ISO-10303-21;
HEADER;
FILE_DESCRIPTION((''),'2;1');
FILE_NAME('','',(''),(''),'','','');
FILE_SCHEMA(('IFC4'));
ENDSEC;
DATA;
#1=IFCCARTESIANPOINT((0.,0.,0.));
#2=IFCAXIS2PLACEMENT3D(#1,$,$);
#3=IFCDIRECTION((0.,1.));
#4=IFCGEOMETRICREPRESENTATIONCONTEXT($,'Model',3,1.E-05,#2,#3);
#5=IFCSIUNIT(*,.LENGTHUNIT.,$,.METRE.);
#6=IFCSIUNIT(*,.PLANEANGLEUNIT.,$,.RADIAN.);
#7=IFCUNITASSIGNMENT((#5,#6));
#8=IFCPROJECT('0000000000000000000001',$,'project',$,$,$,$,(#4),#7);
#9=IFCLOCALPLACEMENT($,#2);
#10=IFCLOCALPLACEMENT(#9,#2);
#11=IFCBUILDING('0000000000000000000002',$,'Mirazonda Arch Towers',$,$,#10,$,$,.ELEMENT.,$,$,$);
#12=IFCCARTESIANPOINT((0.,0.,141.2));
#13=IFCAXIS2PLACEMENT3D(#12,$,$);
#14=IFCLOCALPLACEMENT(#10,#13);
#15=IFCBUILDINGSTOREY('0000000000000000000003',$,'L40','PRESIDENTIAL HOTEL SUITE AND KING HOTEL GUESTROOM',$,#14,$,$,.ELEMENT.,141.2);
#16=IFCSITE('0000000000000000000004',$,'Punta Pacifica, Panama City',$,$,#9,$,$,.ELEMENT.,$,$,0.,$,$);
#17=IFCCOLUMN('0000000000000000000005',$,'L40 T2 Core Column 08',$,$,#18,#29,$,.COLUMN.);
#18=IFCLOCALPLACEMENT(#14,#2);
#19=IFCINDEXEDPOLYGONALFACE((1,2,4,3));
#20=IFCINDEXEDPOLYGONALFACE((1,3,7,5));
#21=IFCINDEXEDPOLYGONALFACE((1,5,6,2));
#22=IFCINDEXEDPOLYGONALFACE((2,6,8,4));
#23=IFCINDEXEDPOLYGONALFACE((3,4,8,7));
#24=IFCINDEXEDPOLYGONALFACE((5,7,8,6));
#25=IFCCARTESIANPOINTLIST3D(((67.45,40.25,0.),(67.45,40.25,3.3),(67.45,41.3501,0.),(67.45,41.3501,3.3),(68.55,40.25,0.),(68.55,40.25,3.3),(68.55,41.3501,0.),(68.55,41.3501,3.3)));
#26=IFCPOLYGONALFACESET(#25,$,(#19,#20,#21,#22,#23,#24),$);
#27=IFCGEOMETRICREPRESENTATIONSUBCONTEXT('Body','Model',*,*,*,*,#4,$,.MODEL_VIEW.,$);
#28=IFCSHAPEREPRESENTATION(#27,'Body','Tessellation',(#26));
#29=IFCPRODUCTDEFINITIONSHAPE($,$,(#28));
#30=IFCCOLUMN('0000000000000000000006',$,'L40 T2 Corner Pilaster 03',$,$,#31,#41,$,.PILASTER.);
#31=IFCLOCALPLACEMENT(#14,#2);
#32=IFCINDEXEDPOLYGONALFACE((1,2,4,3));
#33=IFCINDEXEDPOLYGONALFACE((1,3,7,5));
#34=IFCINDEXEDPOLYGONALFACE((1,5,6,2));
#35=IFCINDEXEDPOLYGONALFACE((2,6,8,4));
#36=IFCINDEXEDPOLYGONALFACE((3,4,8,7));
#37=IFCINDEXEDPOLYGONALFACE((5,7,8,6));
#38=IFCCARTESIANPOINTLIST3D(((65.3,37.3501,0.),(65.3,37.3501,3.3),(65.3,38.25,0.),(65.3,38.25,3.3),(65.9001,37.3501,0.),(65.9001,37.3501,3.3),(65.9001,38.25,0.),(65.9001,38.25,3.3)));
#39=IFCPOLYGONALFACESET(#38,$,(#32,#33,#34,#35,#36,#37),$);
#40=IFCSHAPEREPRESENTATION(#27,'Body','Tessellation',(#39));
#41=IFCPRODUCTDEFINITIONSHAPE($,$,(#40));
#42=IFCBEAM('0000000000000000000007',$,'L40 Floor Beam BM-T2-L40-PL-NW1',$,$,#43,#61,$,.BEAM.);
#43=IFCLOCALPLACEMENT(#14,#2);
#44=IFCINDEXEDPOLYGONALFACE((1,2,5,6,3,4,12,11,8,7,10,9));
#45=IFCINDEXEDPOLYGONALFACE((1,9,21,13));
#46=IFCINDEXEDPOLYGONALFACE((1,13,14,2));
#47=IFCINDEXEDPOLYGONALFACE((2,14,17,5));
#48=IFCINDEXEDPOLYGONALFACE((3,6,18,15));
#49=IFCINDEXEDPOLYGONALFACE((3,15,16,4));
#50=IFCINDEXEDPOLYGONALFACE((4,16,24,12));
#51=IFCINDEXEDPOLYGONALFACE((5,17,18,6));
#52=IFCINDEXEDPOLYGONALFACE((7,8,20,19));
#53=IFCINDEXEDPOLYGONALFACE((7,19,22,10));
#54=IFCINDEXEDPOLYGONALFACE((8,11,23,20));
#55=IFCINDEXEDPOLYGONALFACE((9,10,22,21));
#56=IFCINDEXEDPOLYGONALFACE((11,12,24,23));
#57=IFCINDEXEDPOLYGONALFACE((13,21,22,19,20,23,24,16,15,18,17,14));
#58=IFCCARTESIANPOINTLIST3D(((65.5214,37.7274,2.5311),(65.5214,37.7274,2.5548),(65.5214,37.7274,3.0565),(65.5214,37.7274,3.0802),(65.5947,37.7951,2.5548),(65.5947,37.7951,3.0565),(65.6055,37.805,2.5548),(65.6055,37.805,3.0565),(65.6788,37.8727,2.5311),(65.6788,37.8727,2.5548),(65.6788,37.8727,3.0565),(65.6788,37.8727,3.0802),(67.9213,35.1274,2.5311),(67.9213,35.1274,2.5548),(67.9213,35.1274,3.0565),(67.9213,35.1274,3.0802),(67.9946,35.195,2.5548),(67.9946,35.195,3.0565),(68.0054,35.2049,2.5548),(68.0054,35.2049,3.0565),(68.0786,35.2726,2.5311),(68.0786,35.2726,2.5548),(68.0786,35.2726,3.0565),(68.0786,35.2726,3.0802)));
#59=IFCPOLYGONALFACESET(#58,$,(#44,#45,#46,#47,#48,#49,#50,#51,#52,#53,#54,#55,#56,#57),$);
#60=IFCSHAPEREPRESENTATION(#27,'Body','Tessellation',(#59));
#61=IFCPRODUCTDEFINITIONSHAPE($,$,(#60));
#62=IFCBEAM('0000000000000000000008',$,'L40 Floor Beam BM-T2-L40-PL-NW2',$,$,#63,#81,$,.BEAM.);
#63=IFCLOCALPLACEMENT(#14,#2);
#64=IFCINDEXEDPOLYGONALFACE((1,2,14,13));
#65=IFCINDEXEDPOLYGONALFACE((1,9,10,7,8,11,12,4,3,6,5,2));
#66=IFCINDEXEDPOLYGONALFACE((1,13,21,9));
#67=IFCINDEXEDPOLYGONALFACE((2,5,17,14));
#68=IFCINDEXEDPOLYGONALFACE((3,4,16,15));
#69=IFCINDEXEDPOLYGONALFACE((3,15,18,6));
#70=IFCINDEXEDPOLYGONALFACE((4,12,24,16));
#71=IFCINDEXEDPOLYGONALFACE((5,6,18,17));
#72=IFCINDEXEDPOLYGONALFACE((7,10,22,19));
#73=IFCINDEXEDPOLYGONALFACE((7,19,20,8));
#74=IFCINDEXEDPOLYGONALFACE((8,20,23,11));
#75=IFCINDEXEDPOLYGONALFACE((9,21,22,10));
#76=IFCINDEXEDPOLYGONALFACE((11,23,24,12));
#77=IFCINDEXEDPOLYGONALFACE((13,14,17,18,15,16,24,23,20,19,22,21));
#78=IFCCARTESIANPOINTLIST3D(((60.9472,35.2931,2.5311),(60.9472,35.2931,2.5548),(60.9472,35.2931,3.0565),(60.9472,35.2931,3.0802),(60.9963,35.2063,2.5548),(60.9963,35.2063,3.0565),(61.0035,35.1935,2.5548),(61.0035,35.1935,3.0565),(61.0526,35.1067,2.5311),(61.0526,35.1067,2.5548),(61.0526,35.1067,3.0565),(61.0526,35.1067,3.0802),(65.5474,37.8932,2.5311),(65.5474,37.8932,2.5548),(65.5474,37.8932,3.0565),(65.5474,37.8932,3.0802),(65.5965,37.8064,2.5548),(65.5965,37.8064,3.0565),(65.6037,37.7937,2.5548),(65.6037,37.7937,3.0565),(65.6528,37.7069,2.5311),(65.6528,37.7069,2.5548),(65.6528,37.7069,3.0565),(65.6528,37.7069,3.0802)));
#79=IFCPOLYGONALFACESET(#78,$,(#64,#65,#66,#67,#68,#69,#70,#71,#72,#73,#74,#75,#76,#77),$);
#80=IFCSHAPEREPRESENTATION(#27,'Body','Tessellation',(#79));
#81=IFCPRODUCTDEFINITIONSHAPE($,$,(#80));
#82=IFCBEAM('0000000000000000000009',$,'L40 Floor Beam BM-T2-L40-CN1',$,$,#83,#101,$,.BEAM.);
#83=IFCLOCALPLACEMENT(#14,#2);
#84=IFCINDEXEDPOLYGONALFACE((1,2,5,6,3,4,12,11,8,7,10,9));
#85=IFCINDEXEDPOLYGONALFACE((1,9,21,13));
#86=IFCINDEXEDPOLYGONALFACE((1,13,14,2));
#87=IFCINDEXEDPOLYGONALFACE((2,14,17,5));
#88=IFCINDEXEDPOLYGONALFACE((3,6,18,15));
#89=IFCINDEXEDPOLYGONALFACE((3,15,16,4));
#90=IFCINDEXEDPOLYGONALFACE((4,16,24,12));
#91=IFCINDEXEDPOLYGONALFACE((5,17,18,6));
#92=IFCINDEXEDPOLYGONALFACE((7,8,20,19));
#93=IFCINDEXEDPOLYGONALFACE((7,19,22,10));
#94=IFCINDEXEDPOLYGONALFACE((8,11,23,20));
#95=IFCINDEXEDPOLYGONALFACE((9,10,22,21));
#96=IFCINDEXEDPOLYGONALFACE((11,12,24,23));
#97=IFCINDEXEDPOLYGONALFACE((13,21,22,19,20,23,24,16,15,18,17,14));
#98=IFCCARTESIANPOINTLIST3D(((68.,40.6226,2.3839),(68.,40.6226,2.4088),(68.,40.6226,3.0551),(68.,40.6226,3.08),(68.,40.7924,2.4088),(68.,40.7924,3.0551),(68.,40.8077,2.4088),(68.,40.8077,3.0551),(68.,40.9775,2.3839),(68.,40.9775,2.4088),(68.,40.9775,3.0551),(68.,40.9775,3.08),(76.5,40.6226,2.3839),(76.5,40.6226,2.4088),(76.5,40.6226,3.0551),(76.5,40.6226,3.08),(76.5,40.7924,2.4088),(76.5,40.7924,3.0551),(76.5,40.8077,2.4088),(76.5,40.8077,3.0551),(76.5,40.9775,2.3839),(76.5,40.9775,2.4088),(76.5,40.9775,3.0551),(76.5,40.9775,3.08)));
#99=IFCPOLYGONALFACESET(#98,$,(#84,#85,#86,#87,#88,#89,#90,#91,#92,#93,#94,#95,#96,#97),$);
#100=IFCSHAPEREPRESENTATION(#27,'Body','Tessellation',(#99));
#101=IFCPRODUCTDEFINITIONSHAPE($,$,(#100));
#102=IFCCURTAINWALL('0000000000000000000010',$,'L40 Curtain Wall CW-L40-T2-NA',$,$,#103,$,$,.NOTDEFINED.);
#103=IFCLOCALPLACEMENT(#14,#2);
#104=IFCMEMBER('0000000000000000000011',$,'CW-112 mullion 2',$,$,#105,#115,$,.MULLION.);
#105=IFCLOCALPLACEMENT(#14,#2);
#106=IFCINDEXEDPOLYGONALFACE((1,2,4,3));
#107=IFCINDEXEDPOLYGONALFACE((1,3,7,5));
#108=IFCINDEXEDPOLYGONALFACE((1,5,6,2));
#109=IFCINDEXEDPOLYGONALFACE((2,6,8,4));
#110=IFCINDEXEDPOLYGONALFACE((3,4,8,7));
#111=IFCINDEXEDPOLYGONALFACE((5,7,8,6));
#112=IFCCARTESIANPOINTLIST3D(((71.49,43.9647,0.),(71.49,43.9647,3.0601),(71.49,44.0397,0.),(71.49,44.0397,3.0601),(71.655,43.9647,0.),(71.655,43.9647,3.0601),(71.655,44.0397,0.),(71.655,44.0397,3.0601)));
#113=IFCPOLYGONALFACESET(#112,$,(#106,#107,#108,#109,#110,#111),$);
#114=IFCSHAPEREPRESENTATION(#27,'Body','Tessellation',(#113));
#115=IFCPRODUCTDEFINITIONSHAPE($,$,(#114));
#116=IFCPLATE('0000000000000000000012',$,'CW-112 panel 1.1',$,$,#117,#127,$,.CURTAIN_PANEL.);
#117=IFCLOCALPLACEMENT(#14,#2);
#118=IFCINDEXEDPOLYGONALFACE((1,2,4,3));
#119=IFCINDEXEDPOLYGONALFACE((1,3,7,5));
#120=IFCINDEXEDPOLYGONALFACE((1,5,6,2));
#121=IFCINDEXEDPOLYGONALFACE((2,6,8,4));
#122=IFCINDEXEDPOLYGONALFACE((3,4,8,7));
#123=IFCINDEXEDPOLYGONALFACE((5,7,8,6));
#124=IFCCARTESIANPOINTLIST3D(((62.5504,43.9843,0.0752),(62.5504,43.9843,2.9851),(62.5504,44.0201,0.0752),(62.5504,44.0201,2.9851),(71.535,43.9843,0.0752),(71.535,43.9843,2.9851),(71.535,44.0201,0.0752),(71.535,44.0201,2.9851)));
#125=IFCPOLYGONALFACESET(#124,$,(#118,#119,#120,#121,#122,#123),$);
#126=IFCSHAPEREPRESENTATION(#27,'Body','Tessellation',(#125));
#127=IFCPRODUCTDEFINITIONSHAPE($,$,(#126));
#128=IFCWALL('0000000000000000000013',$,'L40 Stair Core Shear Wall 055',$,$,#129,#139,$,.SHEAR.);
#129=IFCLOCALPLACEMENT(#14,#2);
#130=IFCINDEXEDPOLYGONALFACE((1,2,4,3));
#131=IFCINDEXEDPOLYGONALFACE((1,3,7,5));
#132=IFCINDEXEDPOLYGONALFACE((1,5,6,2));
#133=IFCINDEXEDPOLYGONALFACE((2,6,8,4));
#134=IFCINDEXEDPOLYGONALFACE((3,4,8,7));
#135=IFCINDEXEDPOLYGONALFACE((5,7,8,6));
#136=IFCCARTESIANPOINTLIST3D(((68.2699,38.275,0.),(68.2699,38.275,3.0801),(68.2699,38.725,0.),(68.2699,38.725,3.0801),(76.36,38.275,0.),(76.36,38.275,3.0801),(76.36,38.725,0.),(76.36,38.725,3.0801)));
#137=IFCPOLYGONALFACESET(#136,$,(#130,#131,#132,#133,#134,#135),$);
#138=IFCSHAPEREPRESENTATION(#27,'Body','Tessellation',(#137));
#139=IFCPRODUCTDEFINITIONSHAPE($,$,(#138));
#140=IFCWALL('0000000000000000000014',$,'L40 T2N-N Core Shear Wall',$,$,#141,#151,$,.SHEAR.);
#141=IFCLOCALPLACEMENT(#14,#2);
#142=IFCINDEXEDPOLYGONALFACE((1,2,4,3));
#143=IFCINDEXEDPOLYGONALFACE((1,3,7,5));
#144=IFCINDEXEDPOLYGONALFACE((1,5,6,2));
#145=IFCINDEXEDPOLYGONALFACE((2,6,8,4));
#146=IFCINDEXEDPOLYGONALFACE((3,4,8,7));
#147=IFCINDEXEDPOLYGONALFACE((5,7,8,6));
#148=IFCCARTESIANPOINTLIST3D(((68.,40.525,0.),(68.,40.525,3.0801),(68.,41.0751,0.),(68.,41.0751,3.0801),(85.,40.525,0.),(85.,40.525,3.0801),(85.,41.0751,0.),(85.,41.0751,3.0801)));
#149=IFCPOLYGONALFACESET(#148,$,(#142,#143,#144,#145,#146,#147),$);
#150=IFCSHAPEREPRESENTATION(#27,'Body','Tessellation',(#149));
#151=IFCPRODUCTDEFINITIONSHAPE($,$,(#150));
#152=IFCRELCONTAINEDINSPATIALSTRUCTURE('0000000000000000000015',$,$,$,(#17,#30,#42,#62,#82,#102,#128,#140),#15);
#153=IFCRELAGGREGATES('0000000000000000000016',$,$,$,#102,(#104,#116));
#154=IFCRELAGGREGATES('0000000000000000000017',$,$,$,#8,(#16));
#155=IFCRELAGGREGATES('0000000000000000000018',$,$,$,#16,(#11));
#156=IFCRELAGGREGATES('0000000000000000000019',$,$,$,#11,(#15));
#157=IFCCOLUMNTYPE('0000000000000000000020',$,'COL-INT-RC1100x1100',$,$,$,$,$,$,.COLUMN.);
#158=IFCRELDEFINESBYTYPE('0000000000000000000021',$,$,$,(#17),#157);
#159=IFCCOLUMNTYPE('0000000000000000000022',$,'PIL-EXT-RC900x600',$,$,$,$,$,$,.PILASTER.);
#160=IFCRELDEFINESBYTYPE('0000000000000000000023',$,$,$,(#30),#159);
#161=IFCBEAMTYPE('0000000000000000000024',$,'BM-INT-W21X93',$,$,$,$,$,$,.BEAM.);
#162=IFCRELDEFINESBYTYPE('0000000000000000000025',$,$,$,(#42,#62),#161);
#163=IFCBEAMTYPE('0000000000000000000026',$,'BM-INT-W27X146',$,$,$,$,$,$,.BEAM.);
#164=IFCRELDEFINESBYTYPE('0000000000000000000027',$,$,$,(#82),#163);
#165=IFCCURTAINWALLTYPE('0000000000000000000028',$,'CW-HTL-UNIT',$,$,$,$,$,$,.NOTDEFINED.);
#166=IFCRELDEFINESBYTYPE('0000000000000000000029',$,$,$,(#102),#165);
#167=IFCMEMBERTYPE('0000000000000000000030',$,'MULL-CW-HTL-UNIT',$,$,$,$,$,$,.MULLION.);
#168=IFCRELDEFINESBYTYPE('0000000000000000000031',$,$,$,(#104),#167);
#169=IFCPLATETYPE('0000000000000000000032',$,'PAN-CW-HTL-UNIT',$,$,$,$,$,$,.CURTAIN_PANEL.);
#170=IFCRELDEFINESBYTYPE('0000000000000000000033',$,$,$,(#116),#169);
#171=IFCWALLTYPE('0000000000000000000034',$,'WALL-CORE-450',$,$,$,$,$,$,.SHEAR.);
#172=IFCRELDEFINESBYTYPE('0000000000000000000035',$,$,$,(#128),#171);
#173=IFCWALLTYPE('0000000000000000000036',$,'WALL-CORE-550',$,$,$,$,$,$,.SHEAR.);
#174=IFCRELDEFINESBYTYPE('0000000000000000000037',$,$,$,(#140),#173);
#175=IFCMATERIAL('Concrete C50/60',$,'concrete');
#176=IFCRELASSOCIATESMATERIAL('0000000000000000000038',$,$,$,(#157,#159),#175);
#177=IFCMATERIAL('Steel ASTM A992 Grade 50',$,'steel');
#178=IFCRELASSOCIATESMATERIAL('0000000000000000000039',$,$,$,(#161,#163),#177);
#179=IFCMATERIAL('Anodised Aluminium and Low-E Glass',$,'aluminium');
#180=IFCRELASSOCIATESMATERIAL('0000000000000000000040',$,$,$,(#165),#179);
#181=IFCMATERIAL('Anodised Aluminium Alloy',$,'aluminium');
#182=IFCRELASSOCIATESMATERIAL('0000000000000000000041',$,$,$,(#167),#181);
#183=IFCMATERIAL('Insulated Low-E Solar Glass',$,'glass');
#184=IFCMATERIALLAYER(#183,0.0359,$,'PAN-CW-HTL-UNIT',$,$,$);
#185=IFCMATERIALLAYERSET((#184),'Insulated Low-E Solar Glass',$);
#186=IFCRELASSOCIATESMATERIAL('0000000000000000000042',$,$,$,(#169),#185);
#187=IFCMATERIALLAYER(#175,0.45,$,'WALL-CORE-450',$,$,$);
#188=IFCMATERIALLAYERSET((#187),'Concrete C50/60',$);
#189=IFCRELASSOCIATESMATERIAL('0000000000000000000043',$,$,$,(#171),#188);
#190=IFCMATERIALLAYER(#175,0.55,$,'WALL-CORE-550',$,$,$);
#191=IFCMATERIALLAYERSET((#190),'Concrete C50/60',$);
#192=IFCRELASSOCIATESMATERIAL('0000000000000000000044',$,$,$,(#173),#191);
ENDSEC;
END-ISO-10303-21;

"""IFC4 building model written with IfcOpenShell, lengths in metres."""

from ifc_helpers import new_model, si_unit, direction, frame, frame_2d, origin, origin_2d, place, context, subcontext, project, spatial, rectangle, i_section, extrude, material, layer, layer_set, material_profile, profile_set, type_object, element, aggregate, save


model = new_model("IFC4")

# Units and contexts
model_context = context("Model", 3, precision=1e-05, world=origin(), true_north=direction((0.0, 1.0)))
body_context = subcontext(model_context, "Body", "Model", "MODEL_VIEW")
ifc_project = project(units=[si_unit("LENGTHUNIT", "METRE"), si_unit("PLANEANGLEUNIT", "RADIAN")], contexts=[model_context])

# Site, building, storey
site_placement = place(None, origin())
site = spatial("IfcSite", under=ifc_project, at=site_placement, Name="Punta Pacifica, Panama City", CompositionType="ELEMENT", RefElevation=0.0)
building_placement = place(site_placement, origin())
building = spatial("IfcBuilding", under=site, at=building_placement, Name="Mirazonda Arch Towers", CompositionType="ELEMENT")
storey_placement = place(building_placement, frame((0.0, 0.0, 141.2)))
storey = spatial("IfcBuildingStorey", under=building, at=storey_placement, Name="L40", Description="PRESIDENTIAL HOTEL SUITE AND KING HOTEL GUESTROOM", CompositionType="ELEMENT", Elevation=141.2)

# Columns
ifc_material_1 = material(Name="Concrete C50/60", Category="concrete")
ifc_material_profile_1 = material_profile(ifc_material_1, rectangle(XDim=1.1001, YDim=1.1001, at=origin_2d()), Name="RC1100x1100")
ifc_profile_set_1 = profile_set([ifc_material_profile_1], Name="Concrete C50/60")
column_type_1 = type_object("IfcColumnType", Name="COL-INT-RC1100x1100", PredefinedType="COLUMN", material=ifc_profile_set_1)
column_1_placement = place(storey_placement, frame((68.0, 40.8, 0.0), z_axis=(0.0, 0.0, 1.0), x_axis=(1.0, 0.0, 0.0)))
element("IfcColumn", 1, at=column_1_placement, inside=storey, type_object=column_type_1, Name="L40 T2 Core Column 08", PredefinedType="COLUMN", context=body_context, shape_type="SweptSolid", body=[
    extrude(rectangle(XDim=1.1001, YDim=1.1001, at=origin_2d()), origin(), (0.0, 0.0, 1.0), 3.3),
])
ifc_material_profile_2 = material_profile(ifc_material_1, rectangle(XDim=0.6001, YDim=0.8999, at=origin_2d()), Name="RC900x600")
ifc_profile_set_2 = profile_set([ifc_material_profile_2], Name="Concrete C50/60")
column_type_2 = type_object("IfcColumnType", Name="PIL-EXT-RC900x600", PredefinedType="PILASTER", material=ifc_profile_set_2)
column_2_placement = place(storey_placement, frame((65.6001, 37.8, 0.0), z_axis=(0.0, 0.0, 1.0), x_axis=(1.0, 0.0, 0.0)))
element("IfcColumn", 2, at=column_2_placement, inside=storey, type_object=column_type_2, Name="L40 T2 Corner Pilaster 03", PredefinedType="PILASTER", context=body_context, shape_type="SweptSolid", body=[
    extrude(rectangle(XDim=0.6001, YDim=0.8999, at=origin_2d()), origin(), (0.0, 0.0, 1.0), 3.3),
])

# Beams
ifc_material_2 = material(Name="Steel ASTM A992 Grade 50", Category="steel")
ifc_material_profile_3 = material_profile(ifc_material_2, i_section(OverallWidth=0.2141, OverallDepth=0.5491, WebThickness=0.0146, FlangeThickness=0.0237, at=origin_2d()), Name="W21X93")
ifc_profile_set_3 = profile_set([ifc_material_profile_3], Name="Steel ASTM A992 Grade 50")
beam_type_1 = type_object("IfcBeamType", Name="BM-INT-W21X93", PredefinedType="BEAM", material=ifc_profile_set_3)
beam_1_placement = place(storey_placement, frame((65.6001, 37.8, 2.8057), z_axis=(0.678251, -0.73483, 0.0), x_axis=(0.73483, 0.678251, 0.0)))
element("IfcBeam", 3, at=beam_1_placement, inside=storey, type_object=beam_type_1, Name="L40 Floor Beam BM-T2-L40-PL-NW1", PredefinedType="BEAM", context=body_context, shape_type="SweptSolid", body=[
    extrude(i_section(OverallWidth=0.2141, OverallDepth=0.5491, WebThickness=0.0146, FlangeThickness=0.0237, at=origin_2d()), origin(), (0.0, 0.0, 1.0), 3.5383),
])
beam_2_placement = place(storey_placement, frame((65.6001, 37.8, 2.8057), z_axis=(-0.870559, -0.492063, 0.0), x_axis=(0.492063, -0.870559, 0.0)))
element("IfcBeam", 4, at=beam_2_placement, inside=storey, type_object=beam_type_1, Name="L40 Floor Beam BM-T2-L40-PL-NW2", PredefinedType="BEAM", context=body_context, shape_type="SweptSolid", body=[
    extrude(i_section(OverallWidth=0.2141, OverallDepth=0.5491, WebThickness=0.0146, FlangeThickness=0.0237, at=origin_2d()), origin(), (0.0, 0.0, 1.0), 5.2842),
])
ifc_material_profile_4 = material_profile(ifc_material_2, i_section(OverallWidth=0.355, OverallDepth=0.696, WebThickness=0.0154, FlangeThickness=0.0249, at=origin_2d()), Name="W27X146")
ifc_profile_set_4 = profile_set([ifc_material_profile_4], Name="Steel ASTM A992 Grade 50")
beam_type_2 = type_object("IfcBeamType", Name="BM-INT-W27X146", PredefinedType="BEAM", material=ifc_profile_set_4)
beam_3_placement = place(storey_placement, frame((68.0, 40.8, 2.7319), z_axis=(1.0, 0.0, 0.0), x_axis=(0.0, 1.0, 0.0)))
element("IfcBeam", 5, at=beam_3_placement, inside=storey, type_object=beam_type_2, Name="L40 Floor Beam BM-T2-L40-CN1", PredefinedType="BEAM", context=body_context, shape_type="SweptSolid", body=[
    extrude(i_section(OverallWidth=0.355, OverallDepth=0.696, WebThickness=0.0154, FlangeThickness=0.0249, at=origin_2d()), origin(), (0.0, 0.0, 1.0), 8.5),
])

# Curtain wall, member, plate
ifc_material_3 = material(Name="Anodised Aluminium and Low-E Glass", Category="aluminium")
curtain_wall_type = type_object("IfcCurtainWallType", Name="CW-HTL-UNIT", PredefinedType="NOTDEFINED", material=ifc_material_3)
curtain_wall_placement = place(storey_placement, origin())
curtain_wall = element("IfcCurtainWall", 6, at=curtain_wall_placement, inside=storey, type_object=curtain_wall_type, Name="L40 Curtain Wall CW-L40-T2-NA", PredefinedType="NOTDEFINED")
ifc_material_4 = material(Name="Anodised Aluminium Alloy", Category="aluminium")
ifc_material_profile_5 = material_profile(ifc_material_4, rectangle(XDim=0.075, YDim=0.165, at=origin_2d()), Name="ALU-MULL-75x165")
ifc_profile_set_5 = profile_set([ifc_material_profile_5], Name="Anodised Aluminium Alloy")
member_type = type_object("IfcMemberType", Name="MULL-CW-HTL-UNIT", PredefinedType="MULLION", material=ifc_profile_set_5)
member_placement = place(storey_placement, frame((71.5725, 44.0022, 0.0), z_axis=(0.0, 0.0, 1.0), x_axis=(0.0, 1.0, 0.0)))
member = element("IfcMember", 7, at=member_placement, type_object=member_type, Name="CW-112 mullion 2", PredefinedType="MULLION", context=body_context, shape_type="SweptSolid", body=[
    extrude(rectangle(XDim=0.075, YDim=0.165, at=origin_2d()), origin(), (0.0, 0.0, 1.0), 3.0601),
])
ifc_material_5 = material(Name="Insulated Low-E Solar Glass", Category="glass")
ifc_layer_1 = layer(ifc_material_5, 0.0359, Name="PAN-CW-HTL-UNIT")
ifc_layer_set_1 = layer_set([ifc_layer_1], Name="Insulated Low-E Solar Glass")
plate_type = type_object("IfcPlateType", Name="PAN-CW-HTL-UNIT", PredefinedType="CURTAIN_PANEL", material=ifc_layer_set_1)
plate_placement = place(storey_placement, frame((67.0427, 44.0022, 0.0752), z_axis=(0.0, 0.0, 1.0), x_axis=(1.0, 0.0, 0.0)))
plate = element("IfcPlate", 8, at=plate_placement, type_object=plate_type, Name="CW-112 panel 1.1", PredefinedType="CURTAIN_PANEL", context=body_context, shape_type="SweptSolid", body=[
    extrude(rectangle(XDim=8.9846, YDim=0.0359, at=origin_2d()), origin(), (0.0, 0.0, 1.0), 2.9099),
])
aggregate(curtain_wall, [member, plate])

# Walls
ifc_layer_2 = layer(ifc_material_1, 0.45, Name="WALL-CORE-450")
ifc_layer_set_2 = layer_set([ifc_layer_2], Name="Concrete C50/60")
wall_type_1 = type_object("IfcWallType", Name="WALL-CORE-450", PredefinedType="SHEAR", material=ifc_layer_set_2)
wall_1_placement = place(storey_placement, frame((68.27, 38.5, 0.0), z_axis=(0.0, 0.0, 1.0), x_axis=(1.0, 0.0, 0.0)))
element("IfcWall", 9, at=wall_1_placement, inside=storey, type_object=wall_type_1, Name="L40 Stair Core Shear Wall 055", PredefinedType="SHEAR", context=body_context, shape_type="SweptSolid", body=[
    extrude(rectangle(XDim=8.0901, YDim=0.45, at=frame_2d((4.0449, 0.0))), origin(), (0.0, 0.0, 1.0), 3.0801),
])
ifc_layer_3 = layer(ifc_material_1, 0.55, Name="WALL-CORE-550")
ifc_layer_set_3 = layer_set([ifc_layer_3], Name="Concrete C50/60")
wall_type_2 = type_object("IfcWallType", Name="WALL-CORE-550", PredefinedType="SHEAR", material=ifc_layer_set_3)
wall_2_placement = place(storey_placement, frame((68.0, 40.8, 0.0), z_axis=(0.0, 0.0, 1.0), x_axis=(1.0, 0.0, 0.0)))
element("IfcWall", 10, at=wall_2_placement, inside=storey, type_object=wall_type_2, Name="L40 T2N-N Core Shear Wall", PredefinedType="SHEAR", context=body_context, shape_type="SweptSolid", body=[
    extrude(rectangle(XDim=17.0, YDim=0.55, at=frame_2d((8.5, 0.0))), origin(), (0.0, 0.0, 1.0), 3.0801),
])

save(model, "model.ifc")
